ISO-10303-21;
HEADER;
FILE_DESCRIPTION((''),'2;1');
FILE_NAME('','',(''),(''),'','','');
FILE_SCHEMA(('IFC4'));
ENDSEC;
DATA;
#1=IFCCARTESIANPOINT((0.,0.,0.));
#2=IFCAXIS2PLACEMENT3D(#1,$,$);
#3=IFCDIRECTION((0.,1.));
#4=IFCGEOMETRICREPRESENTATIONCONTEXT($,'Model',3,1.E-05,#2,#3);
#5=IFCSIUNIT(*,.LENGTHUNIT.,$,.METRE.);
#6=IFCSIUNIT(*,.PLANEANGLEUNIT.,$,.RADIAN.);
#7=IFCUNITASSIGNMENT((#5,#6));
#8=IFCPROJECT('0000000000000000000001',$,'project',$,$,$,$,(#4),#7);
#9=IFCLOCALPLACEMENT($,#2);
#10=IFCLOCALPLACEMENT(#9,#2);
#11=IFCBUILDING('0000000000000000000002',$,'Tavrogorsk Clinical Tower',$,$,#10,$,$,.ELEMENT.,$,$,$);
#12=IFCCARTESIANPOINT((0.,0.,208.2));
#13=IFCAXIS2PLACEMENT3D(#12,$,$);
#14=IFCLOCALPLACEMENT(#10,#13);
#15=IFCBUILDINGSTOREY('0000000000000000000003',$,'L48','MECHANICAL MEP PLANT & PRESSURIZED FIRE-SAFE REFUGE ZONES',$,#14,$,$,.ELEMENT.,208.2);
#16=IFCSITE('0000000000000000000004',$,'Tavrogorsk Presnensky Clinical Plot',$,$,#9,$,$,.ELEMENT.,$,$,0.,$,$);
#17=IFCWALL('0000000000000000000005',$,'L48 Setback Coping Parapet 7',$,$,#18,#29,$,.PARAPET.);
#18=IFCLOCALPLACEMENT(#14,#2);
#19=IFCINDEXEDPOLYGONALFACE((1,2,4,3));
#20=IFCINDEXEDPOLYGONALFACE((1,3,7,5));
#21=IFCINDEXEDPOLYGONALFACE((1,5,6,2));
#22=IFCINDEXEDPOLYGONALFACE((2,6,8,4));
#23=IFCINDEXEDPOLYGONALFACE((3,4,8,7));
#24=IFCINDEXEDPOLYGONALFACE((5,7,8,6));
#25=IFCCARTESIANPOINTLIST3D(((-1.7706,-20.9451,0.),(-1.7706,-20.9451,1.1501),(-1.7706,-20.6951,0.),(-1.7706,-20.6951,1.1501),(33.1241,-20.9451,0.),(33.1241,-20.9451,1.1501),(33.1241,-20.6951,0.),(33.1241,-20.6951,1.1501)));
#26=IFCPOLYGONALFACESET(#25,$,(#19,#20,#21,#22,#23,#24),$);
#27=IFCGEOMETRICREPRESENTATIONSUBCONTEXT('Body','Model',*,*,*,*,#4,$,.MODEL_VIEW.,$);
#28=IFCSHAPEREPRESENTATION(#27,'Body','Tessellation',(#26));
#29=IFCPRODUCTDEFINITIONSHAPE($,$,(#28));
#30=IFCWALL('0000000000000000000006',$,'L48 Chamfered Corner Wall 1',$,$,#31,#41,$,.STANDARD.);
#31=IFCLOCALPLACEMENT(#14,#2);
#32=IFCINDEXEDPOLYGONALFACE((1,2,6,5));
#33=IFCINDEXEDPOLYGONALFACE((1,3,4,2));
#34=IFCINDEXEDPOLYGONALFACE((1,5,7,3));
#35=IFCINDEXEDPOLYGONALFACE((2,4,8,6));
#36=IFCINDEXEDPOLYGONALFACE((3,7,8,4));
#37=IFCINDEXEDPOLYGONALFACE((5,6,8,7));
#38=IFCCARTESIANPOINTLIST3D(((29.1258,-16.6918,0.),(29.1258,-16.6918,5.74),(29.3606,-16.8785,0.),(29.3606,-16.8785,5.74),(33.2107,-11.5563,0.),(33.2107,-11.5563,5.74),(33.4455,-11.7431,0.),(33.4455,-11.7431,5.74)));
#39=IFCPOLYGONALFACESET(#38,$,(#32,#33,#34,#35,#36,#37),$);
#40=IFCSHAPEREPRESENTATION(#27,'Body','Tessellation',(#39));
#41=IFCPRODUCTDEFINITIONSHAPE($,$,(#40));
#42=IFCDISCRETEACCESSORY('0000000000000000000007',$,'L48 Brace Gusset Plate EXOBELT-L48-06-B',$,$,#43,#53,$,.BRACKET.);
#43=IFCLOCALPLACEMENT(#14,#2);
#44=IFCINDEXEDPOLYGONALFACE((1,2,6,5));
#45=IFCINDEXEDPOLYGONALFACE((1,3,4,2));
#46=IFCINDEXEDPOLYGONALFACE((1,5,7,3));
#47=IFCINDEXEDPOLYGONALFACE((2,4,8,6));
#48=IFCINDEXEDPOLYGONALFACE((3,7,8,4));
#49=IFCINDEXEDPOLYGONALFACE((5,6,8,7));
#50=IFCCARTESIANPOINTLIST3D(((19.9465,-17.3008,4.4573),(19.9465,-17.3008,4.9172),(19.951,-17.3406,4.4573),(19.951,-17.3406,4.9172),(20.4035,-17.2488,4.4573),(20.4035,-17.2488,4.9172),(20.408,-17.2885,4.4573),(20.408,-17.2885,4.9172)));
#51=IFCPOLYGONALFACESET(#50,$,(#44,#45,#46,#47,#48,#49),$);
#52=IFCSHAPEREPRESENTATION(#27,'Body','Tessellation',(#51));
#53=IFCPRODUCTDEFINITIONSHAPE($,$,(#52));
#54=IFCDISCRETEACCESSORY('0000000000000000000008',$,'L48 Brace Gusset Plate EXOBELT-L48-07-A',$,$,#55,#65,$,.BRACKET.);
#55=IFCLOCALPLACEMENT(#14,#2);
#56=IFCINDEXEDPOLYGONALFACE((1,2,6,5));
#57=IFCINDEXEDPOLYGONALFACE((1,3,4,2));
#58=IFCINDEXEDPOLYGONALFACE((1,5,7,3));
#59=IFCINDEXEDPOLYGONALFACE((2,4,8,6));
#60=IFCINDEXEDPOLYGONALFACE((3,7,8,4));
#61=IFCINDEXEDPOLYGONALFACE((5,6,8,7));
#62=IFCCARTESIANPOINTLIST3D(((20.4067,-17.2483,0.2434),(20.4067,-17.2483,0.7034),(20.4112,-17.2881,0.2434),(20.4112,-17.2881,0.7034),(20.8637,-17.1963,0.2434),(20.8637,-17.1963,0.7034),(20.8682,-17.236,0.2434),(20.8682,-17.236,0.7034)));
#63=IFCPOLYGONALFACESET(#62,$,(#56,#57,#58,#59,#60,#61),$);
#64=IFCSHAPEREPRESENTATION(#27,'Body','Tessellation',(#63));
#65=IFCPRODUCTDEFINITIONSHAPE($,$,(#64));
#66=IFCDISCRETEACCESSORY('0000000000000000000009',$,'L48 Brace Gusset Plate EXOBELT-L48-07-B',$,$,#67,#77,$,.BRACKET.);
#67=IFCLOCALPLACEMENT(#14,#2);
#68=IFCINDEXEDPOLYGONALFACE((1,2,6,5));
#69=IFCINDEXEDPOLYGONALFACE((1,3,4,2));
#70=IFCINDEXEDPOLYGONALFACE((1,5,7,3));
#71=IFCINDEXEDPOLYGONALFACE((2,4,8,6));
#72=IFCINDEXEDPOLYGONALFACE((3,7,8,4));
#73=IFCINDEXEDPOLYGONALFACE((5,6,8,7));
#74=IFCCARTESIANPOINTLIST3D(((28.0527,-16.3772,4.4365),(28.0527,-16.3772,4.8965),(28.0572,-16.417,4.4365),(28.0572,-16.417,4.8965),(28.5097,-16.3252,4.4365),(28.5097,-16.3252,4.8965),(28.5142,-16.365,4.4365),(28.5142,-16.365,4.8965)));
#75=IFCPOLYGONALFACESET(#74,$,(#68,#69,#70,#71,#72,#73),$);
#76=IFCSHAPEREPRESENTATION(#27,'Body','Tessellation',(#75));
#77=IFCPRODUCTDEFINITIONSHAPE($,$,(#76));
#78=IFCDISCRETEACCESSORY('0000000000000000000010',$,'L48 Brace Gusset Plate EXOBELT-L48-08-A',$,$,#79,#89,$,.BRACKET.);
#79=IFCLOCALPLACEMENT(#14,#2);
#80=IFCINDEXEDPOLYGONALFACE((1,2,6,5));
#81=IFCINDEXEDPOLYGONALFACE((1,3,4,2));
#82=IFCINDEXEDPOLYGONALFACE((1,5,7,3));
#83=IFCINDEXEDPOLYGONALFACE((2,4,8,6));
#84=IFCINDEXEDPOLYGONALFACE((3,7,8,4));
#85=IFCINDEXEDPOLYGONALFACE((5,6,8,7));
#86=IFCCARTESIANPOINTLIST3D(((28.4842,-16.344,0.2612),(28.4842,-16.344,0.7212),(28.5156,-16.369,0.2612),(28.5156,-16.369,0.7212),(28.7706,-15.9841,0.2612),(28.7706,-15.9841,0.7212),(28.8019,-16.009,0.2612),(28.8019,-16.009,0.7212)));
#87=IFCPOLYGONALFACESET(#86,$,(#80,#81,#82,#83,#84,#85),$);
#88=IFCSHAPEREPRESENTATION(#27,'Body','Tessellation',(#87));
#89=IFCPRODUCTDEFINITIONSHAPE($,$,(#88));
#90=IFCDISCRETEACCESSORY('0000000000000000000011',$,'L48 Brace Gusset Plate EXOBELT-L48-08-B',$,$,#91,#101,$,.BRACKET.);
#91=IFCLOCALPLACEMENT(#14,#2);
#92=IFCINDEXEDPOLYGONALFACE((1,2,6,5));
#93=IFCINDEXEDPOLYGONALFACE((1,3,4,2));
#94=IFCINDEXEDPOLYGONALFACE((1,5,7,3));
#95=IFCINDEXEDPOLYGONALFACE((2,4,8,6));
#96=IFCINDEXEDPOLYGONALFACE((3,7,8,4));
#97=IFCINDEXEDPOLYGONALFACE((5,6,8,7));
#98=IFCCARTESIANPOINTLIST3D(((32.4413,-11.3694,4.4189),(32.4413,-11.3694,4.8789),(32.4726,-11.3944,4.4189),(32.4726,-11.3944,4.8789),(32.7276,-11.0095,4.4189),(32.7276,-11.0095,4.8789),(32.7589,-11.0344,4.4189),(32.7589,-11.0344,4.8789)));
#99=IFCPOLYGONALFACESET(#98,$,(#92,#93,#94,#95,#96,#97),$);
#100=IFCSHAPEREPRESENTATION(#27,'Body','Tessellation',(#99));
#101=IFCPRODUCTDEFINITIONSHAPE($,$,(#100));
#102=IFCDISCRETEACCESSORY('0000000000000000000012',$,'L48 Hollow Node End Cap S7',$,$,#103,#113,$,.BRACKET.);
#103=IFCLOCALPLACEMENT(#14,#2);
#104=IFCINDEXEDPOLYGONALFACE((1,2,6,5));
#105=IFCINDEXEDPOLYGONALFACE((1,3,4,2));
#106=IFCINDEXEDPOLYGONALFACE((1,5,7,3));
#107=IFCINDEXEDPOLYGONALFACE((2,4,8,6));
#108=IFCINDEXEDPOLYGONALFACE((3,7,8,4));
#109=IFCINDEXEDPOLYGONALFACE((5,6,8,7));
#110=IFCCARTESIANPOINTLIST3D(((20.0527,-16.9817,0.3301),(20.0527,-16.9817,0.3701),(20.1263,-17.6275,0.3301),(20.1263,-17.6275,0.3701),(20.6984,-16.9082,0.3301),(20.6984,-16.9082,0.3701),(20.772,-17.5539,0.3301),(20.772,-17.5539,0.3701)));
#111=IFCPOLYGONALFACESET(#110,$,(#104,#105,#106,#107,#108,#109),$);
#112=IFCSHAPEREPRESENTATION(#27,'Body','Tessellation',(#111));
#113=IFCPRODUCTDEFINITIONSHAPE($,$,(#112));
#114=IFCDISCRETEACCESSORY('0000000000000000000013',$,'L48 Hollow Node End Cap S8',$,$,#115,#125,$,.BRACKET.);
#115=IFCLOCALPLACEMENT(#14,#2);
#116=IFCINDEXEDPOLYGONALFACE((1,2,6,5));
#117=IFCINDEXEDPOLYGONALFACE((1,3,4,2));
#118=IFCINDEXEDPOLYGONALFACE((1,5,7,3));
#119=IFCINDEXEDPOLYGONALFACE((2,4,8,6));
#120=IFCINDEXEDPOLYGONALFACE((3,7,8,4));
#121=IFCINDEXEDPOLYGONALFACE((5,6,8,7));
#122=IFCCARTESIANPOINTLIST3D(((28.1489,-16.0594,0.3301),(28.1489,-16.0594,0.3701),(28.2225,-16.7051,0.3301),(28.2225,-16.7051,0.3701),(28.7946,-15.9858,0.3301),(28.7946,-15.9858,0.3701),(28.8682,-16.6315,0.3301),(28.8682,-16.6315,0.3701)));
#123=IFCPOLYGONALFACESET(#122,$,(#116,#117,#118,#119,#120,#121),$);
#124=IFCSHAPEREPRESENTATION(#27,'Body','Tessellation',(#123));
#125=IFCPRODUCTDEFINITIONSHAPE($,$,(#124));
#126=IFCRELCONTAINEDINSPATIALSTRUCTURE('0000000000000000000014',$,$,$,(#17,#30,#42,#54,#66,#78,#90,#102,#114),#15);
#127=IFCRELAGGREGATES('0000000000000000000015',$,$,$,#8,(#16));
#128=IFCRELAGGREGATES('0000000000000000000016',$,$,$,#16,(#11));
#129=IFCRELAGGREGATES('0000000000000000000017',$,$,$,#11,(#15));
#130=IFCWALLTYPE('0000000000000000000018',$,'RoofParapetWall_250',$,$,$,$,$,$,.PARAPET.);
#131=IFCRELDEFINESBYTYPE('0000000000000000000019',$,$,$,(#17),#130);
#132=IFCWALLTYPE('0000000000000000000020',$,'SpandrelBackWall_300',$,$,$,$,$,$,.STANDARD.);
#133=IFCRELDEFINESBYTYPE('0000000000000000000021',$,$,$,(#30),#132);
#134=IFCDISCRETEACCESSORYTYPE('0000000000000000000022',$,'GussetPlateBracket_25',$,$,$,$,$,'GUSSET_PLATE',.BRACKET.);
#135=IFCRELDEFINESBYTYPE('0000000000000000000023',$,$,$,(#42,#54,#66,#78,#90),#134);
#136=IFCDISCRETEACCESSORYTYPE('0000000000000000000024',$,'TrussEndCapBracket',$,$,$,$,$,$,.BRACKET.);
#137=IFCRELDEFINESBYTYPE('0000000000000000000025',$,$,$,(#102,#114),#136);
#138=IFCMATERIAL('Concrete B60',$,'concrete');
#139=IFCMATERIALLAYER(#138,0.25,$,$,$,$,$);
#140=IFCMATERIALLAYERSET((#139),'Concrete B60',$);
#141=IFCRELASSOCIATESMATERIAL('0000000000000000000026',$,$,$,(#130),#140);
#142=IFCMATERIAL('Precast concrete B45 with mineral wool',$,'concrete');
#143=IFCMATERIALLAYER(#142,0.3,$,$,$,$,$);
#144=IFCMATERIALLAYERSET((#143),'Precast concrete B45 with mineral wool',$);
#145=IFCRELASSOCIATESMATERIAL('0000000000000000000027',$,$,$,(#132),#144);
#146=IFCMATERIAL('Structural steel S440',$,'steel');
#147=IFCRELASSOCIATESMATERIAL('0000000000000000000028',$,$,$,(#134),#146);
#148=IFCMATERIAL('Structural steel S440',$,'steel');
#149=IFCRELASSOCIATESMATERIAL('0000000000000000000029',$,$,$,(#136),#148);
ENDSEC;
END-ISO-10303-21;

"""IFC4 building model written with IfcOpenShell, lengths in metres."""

from ifc_helpers import new_model, si_unit, direction, frame, frame_2d, origin, origin_2d, place, context, subcontext, project, spatial, rectangle, extrude, material, layer, layer_set, type_object, element, save


model = new_model("IFC4")

# Units and contexts
model_context = context("Model", 3, precision=1e-05, world=origin(), true_north=direction((0.0, 1.0)))
body_context = subcontext(model_context, "Body", "Model", "MODEL_VIEW")
ifc_project = project(units=[si_unit("LENGTHUNIT", "METRE"), si_unit("PLANEANGLEUNIT", "RADIAN")], contexts=[model_context])

# Site, building, storey
site_placement = place(None, origin())
site = spatial("IfcSite", under=ifc_project, at=site_placement, Name="Tavrogorsk Presnensky Clinical Plot", CompositionType="ELEMENT", RefElevation=0.0)
building_placement = place(site_placement, origin())
building = spatial("IfcBuilding", under=site, at=building_placement, Name="Tavrogorsk Clinical Tower", CompositionType="ELEMENT")
storey_placement = place(building_placement, frame((0.0, 0.0, 208.2)))
storey = spatial("IfcBuildingStorey", under=building, at=storey_placement, Name="L48", Description="MECHANICAL MEP PLANT & PRESSURIZED FIRE-SAFE REFUGE ZONES", CompositionType="ELEMENT", Elevation=208.2)

# Walls
ifc_material_1 = material(Name="Concrete B60", Category="concrete")
ifc_layer_1 = layer(ifc_material_1, 0.25)
ifc_layer_set_1 = layer_set([ifc_layer_1], Name="Concrete B60")
wall_type_1 = type_object("IfcWallType", Name="RoofParapetWall_250", PredefinedType="PARAPET", material=ifc_layer_set_1)
wall_1_placement = place(storey_placement, frame((33.124, -20.8201, 0.0), z_axis=(0.0, 0.0, 1.0), x_axis=(-1.0, 0.0, 0.0)))
element("IfcWall", 1, at=wall_1_placement, inside=storey, type_object=wall_type_1, Name="L48 Setback Coping Parapet 7", PredefinedType="PARAPET", context=body_context, shape_type="SweptSolid", body=[
    extrude(rectangle(XDim=34.8948, YDim=0.25, at=frame_2d((17.4473, 0.0))), origin(), (0.0, 0.0, 1.0), 1.1501),
])
ifc_material_2 = material(Name="Precast concrete B45 with mineral wool", Category="concrete")
ifc_layer_2 = layer(ifc_material_2, 0.3)
ifc_layer_set_2 = layer_set([ifc_layer_2], Name="Precast concrete B45 with mineral wool")
wall_type_2 = type_object("IfcWallType", Name="SpandrelBackWall_300", PredefinedType="STANDARD", material=ifc_layer_set_2)
wall_2_placement = place(storey_placement, frame((29.2432, -16.7852, 0.0), z_axis=(0.0, 0.0, 1.0), x_axis=(0.622515, 0.782608, 0.0)))
element("IfcWall", 2, at=wall_2_placement, inside=storey, type_object=wall_type_2, Name="L48 Chamfered Corner Wall 1", PredefinedType="STANDARD", context=body_context, shape_type="SweptSolid", body=[
    extrude(rectangle(XDim=6.562, YDim=0.3, at=frame_2d((3.281, 0.0))), origin(), (0.0, 0.0, 1.0), 5.74),
])

# Discrete accessories
ifc_material_3 = material(Name="Structural steel S440", Category="steel")
discrete_accessory_type_1 = type_object("IfcDiscreteAccessoryType", Name="GussetPlateBracket_25", ElementType="GUSSET_PLATE", PredefinedType="BRACKET", material=ifc_material_3)
for number, where, z_axis, x_axis, name in (
    (3, (20.1772, -17.2947, 4.4573), (0.0, 0.0, 1.0), (0.993572, 0.113203, 0.0), "L48 Brace Gusset Plate EXOBELT-L48-06-B"),
    (4, (20.6375, -17.2422, 0.2434), (0.0, 0.0, 1.0), (0.993572, 0.113203, 0.0), "L48 Brace Gusset Plate EXOBELT-L48-07-A"),
    (5, (28.2834, -16.3711, 4.4365), (0.0, 0.0, 1.0), (0.993572, 0.113203, 0.0), "L48 Brace Gusset Plate EXOBELT-L48-07-B"),
    (6, (28.6431, -16.1765, 0.2612), (0.0, 0.0, 1.0), (0.622515, 0.782608, 0.0), "L48 Brace Gusset Plate EXOBELT-L48-08-A"),
    (7, (32.6001, -11.2019, 4.4189), (0.0, 0.0, 1.0), (0.622515, 0.782608, 0.0), "L48 Brace Gusset Plate EXOBELT-L48-08-B"),
):
    element("IfcDiscreteAccessory", number, at=place(storey_placement, frame(where, z_axis=z_axis, x_axis=x_axis)), inside=storey, type_object=discrete_accessory_type_1, Name=name, PredefinedType="BRACKET", context=body_context, shape_type="SweptSolid", body=[
        extrude(rectangle(XDim=0.46, YDim=0.04, at=origin_2d()), origin(), (0.0, 0.0, 1.0), 0.46),
    ])
ifc_material_4 = material(Name="Structural steel S440", Category="steel")
discrete_accessory_type_2 = type_object("IfcDiscreteAccessoryType", Name="TrussEndCapBracket", PredefinedType="BRACKET", material=ifc_material_4)
for number, where, z_axis, x_axis, name in (
    (8, (20.4124, -17.2678, 0.3301), (0.0, 0.0, 1.0), (0.993572, 0.113203, 0.0), "L48 Hollow Node End Cap S7"),
    (9, (28.5085, -16.3455, 0.3301), (0.0, 0.0, 1.0), (0.993572, 0.113203, 0.0), "L48 Hollow Node End Cap S8"),
):
    element("IfcDiscreteAccessory", number, at=place(storey_placement, frame(where, z_axis=z_axis, x_axis=x_axis)), inside=storey, type_object=discrete_accessory_type_2, Name=name, PredefinedType="BRACKET", context=body_context, shape_type="SweptSolid", body=[
        extrude(rectangle(XDim=0.6499, YDim=0.6499, at=origin_2d()), origin(), (0.0, 0.0, 1.0), 0.04),
    ])

save(model, "model.ifc")
